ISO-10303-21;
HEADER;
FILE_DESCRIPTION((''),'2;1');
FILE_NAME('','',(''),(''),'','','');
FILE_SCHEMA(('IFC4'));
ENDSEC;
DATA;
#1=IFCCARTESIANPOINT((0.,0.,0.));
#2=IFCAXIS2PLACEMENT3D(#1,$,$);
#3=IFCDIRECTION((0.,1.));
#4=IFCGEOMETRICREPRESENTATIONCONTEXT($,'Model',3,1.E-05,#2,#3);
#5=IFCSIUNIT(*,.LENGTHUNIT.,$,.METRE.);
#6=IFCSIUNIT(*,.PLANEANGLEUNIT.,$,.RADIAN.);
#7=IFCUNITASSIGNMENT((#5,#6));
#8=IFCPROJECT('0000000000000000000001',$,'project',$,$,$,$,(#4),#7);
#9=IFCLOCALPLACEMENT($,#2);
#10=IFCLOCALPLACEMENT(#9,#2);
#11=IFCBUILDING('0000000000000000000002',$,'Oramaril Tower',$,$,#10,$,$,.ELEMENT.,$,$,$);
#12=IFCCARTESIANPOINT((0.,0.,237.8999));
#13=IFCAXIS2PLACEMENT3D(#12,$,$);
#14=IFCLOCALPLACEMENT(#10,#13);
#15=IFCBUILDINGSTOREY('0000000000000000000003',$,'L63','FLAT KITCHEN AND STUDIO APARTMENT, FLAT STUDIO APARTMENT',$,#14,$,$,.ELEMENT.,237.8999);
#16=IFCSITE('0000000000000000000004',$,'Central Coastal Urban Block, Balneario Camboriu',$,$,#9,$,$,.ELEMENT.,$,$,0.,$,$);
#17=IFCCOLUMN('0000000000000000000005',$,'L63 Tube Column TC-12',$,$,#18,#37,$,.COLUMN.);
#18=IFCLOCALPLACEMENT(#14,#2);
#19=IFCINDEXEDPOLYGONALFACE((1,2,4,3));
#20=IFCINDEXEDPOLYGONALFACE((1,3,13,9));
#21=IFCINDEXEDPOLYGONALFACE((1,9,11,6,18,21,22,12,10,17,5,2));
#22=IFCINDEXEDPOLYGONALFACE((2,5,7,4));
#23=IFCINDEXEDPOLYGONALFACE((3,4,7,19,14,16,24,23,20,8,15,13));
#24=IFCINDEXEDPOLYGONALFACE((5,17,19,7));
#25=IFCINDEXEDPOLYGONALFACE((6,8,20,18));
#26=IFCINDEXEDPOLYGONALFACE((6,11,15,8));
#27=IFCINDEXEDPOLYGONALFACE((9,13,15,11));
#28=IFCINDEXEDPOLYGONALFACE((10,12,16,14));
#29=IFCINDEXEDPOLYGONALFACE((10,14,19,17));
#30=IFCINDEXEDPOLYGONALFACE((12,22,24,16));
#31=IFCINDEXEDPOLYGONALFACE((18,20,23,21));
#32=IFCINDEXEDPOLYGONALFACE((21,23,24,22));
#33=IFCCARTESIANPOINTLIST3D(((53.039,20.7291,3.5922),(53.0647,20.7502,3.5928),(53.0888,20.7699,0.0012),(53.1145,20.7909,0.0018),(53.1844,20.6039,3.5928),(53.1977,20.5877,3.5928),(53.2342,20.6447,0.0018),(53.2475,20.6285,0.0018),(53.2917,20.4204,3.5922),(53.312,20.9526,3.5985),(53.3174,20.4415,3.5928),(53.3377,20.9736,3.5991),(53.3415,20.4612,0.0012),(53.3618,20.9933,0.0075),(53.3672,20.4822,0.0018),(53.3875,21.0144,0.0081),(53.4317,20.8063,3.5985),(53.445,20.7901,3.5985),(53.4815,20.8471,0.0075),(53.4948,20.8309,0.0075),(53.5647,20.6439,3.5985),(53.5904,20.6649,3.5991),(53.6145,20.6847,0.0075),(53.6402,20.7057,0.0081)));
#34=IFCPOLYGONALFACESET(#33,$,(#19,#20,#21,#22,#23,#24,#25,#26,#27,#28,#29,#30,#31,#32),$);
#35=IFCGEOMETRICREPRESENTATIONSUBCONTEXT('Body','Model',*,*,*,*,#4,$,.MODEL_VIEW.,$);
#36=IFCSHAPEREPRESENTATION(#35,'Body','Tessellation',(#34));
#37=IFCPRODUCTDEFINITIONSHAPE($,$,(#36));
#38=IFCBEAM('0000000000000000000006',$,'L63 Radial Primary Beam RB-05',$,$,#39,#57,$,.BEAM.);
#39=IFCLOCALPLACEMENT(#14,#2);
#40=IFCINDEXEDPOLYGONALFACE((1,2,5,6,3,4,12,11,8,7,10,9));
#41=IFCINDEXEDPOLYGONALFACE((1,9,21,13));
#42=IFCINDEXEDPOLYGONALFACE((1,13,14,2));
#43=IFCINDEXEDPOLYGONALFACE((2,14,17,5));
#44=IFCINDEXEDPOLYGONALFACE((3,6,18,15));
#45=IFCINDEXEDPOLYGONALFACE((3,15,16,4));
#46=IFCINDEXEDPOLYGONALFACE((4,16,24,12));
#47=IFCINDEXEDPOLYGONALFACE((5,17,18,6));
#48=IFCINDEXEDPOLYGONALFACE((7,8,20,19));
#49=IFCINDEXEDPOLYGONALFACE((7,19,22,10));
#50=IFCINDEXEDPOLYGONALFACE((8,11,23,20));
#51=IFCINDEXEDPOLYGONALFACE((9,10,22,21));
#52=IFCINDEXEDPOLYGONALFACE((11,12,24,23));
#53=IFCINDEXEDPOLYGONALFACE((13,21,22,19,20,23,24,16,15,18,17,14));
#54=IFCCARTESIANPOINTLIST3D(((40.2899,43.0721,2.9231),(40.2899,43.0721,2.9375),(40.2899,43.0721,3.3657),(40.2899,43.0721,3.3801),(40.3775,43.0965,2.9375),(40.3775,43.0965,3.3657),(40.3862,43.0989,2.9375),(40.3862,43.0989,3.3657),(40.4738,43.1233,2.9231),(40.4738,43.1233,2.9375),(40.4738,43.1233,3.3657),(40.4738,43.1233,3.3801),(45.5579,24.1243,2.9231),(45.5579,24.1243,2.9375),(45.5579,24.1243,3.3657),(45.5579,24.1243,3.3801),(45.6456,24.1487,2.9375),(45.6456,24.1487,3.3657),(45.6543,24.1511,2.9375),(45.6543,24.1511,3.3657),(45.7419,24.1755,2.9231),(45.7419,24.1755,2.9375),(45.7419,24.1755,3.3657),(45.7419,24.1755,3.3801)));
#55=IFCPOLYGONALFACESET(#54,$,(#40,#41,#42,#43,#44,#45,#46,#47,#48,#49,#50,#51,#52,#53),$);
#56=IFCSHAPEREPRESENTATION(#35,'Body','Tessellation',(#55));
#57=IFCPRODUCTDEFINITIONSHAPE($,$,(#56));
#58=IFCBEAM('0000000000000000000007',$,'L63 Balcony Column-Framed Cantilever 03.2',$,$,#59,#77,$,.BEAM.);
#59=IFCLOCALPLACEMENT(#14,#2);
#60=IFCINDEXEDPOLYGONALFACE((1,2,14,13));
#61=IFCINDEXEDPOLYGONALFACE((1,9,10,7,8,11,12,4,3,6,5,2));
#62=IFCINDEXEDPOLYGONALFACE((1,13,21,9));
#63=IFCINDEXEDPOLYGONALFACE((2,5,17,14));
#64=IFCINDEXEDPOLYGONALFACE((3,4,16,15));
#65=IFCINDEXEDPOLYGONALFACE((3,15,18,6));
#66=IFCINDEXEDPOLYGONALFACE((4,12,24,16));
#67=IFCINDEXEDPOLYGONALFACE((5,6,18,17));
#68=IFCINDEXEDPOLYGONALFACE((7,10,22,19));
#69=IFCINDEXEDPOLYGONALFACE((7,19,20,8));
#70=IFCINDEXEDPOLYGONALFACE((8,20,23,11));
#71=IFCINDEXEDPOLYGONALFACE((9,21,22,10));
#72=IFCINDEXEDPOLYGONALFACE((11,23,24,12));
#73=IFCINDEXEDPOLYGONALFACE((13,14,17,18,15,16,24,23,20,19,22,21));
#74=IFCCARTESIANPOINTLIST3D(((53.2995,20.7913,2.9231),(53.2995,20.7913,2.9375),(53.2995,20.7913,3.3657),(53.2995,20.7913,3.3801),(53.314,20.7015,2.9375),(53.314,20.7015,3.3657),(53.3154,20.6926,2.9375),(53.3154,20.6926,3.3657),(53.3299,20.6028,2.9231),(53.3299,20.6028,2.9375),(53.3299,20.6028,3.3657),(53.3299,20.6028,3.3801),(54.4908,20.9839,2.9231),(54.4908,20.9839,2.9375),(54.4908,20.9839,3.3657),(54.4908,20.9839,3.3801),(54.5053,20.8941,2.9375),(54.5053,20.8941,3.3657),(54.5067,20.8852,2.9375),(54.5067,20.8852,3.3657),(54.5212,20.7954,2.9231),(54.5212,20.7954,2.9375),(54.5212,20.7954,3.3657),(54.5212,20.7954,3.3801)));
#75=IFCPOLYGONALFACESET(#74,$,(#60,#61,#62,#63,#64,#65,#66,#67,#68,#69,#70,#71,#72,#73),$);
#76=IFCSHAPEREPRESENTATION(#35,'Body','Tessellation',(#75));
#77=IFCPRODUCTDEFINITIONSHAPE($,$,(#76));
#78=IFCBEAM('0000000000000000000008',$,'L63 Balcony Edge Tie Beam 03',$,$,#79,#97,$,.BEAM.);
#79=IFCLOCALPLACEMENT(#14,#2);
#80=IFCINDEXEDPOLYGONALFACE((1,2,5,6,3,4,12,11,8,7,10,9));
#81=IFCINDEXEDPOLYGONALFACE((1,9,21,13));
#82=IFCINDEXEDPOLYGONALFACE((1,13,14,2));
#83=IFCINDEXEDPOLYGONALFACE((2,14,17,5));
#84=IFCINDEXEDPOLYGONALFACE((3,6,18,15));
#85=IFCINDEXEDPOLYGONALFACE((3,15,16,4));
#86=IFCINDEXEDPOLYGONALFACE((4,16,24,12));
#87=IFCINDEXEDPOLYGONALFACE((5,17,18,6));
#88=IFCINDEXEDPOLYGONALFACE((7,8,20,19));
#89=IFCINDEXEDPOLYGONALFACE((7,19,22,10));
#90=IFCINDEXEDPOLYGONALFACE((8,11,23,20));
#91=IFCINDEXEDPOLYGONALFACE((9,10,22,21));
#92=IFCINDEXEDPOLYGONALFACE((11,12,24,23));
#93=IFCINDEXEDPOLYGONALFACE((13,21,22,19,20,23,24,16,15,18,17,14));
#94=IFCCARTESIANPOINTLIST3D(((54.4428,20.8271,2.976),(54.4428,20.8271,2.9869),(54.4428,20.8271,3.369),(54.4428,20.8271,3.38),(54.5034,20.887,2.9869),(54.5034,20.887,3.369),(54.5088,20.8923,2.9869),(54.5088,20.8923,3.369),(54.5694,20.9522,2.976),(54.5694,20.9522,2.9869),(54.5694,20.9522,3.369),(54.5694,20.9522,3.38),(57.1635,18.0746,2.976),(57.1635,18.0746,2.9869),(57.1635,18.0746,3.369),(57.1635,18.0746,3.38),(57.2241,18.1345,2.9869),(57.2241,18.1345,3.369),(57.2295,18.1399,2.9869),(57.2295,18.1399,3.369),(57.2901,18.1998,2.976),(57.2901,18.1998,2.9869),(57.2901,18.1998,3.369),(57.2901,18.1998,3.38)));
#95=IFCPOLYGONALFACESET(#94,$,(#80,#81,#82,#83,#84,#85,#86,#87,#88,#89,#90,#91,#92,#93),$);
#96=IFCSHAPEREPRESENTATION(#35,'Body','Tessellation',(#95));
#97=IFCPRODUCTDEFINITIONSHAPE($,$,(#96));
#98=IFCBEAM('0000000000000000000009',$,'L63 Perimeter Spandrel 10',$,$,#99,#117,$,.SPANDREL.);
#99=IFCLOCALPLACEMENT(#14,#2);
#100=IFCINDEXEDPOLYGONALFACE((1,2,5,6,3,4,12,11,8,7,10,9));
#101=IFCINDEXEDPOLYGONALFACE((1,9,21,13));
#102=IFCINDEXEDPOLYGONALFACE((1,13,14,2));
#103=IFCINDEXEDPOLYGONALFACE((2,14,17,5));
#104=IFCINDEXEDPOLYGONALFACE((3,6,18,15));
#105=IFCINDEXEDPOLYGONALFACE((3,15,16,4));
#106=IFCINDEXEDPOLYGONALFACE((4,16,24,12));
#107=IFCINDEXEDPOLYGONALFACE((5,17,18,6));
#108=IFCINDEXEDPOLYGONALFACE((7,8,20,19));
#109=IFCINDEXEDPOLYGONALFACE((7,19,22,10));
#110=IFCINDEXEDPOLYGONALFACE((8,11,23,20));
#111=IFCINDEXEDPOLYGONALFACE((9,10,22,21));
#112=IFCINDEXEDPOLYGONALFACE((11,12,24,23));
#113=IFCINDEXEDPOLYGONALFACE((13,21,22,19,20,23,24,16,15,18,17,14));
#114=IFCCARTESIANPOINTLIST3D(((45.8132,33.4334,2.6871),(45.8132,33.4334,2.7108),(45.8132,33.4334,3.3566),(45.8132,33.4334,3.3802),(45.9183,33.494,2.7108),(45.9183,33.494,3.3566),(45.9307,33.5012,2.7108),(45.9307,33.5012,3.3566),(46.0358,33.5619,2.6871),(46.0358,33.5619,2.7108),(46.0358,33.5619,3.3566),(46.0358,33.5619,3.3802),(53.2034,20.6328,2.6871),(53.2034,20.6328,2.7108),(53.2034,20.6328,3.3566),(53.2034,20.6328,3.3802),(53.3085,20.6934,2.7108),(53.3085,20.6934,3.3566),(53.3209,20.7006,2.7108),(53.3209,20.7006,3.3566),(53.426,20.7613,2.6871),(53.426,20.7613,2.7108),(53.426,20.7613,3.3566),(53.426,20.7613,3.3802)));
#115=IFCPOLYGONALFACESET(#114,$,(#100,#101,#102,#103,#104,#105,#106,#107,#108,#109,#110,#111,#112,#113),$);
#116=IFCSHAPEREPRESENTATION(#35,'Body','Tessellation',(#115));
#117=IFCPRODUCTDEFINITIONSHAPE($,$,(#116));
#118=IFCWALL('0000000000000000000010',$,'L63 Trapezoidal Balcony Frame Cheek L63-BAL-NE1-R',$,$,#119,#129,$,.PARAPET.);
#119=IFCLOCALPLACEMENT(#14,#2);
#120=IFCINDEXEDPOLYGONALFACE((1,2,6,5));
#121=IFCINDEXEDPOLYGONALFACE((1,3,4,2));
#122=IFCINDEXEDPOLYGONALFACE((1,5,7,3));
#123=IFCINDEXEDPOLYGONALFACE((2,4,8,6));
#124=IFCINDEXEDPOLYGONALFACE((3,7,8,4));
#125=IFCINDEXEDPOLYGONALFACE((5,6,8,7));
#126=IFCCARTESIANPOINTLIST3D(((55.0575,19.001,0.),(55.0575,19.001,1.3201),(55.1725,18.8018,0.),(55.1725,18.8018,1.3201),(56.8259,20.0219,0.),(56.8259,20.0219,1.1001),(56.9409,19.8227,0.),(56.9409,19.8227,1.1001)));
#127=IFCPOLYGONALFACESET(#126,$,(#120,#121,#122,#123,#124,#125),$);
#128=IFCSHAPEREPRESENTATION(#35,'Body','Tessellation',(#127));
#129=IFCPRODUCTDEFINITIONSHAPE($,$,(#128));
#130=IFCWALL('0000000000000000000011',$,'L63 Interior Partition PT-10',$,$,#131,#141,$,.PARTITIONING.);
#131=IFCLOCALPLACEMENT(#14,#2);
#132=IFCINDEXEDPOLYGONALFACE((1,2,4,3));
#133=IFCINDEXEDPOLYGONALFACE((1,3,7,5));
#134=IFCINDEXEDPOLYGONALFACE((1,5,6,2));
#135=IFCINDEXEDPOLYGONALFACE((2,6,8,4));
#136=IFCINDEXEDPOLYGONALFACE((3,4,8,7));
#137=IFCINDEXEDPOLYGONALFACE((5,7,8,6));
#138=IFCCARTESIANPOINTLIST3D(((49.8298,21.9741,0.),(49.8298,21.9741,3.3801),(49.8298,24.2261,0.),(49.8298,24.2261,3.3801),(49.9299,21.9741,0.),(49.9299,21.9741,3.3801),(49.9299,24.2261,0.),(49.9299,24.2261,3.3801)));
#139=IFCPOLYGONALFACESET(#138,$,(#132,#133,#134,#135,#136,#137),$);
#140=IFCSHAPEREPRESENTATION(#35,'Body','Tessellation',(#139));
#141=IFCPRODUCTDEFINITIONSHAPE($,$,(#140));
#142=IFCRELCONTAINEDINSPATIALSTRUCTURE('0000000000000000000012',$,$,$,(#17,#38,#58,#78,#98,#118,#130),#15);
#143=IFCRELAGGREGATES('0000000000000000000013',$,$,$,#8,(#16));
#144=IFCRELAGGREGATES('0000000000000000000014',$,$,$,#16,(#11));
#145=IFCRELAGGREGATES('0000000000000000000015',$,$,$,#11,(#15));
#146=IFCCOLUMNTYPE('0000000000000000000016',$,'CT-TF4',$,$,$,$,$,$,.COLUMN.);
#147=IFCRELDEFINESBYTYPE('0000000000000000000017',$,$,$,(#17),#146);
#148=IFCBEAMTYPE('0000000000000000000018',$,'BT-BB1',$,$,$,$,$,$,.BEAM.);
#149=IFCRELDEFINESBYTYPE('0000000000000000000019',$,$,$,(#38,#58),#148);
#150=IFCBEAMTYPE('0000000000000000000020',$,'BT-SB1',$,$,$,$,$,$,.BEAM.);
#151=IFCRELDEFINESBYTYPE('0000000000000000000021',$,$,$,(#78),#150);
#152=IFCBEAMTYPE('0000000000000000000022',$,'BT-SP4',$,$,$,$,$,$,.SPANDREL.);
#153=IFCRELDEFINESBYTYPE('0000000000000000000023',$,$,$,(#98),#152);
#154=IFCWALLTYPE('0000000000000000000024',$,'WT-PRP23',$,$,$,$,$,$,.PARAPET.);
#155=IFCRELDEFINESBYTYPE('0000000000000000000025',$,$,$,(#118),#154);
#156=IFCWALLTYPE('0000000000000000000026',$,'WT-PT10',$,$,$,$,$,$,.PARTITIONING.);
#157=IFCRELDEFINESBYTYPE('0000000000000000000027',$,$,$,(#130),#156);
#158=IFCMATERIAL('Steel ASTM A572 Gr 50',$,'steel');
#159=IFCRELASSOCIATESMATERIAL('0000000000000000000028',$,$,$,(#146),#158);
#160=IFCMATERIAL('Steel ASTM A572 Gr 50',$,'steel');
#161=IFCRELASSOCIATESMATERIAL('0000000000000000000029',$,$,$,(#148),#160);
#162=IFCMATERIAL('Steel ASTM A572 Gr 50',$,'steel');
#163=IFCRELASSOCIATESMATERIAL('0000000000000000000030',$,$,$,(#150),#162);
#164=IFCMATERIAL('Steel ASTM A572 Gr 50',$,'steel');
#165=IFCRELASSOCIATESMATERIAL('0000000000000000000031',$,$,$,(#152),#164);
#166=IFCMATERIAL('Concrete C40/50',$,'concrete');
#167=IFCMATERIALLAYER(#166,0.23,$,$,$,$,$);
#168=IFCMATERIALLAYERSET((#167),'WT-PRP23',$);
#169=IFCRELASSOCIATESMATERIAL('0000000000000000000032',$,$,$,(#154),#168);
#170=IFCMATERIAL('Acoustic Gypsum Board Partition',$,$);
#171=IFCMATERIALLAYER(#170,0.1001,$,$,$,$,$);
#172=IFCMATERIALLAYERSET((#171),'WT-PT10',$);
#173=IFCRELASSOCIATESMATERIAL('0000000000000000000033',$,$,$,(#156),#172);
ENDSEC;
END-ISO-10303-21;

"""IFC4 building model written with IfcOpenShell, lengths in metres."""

from ifc_helpers import new_model, si_unit, direction, frame, frame_2d, origin, origin_2d, place, context, subcontext, project, spatial, polyline, rectangle, i_section, outline, extrude, material, layer, layer_set, material_profile, profile_set, type_object, element, save


model = new_model("IFC4")

# Units and contexts
model_context = context("Model", 3, precision=1e-05, world=origin(), true_north=direction((0.0, 1.0)))
body_context = subcontext(model_context, "Body", "Model", "MODEL_VIEW")
ifc_project = project(units=[si_unit("LENGTHUNIT", "METRE"), si_unit("PLANEANGLEUNIT", "RADIAN")], contexts=[model_context])

# Site, building, storey
site_placement = place(None, origin())
site = spatial("IfcSite", under=ifc_project, at=site_placement, Name="Central Coastal Urban Block, Balneario Camboriu", CompositionType="ELEMENT", RefElevation=0.0)
building_placement = place(site_placement, origin())
building = spatial("IfcBuilding", under=site, at=building_placement, Name="Oramaril Tower", CompositionType="ELEMENT")
storey_placement = place(building_placement, frame((0.0, 0.0, 237.8999)))
storey = spatial("IfcBuildingStorey", under=building, at=storey_placement, Name="L63", Description="FLAT KITCHEN AND STUDIO APARTMENT, FLAT STUDIO APARTMENT", CompositionType="ELEMENT", Elevation=237.8999)

# Column
ifc_material_1 = material(Name="Steel ASTM A572 Gr 50", Category="steel")
ifc_material_profile_1 = material_profile(ifc_material_1, i_section(OverallWidth=0.3989, OverallDepth=0.386, WebThickness=0.021, FlangeThickness=0.0332, at=origin_2d()), Name="W14X176")
ifc_profile_set_1 = profile_set([ifc_material_profile_1], Name="Steel ASTM A572 Gr 50")
column_type = type_object("IfcColumnType", Name="CT-TF4", PredefinedType="COLUMN", material=ifc_profile_set_1)
column_placement = place(storey_placement, frame((53.3645, 20.7378, 0.0046), z_axis=(-0.013867, -0.011352, 0.999839), x_axis=(0.633444, -0.773788, 0.0)))
element("IfcColumn", 1, at=column_placement, inside=storey, type_object=column_type, Name="L63 Tube Column TC-12", PredefinedType="COLUMN", context=body_context, shape_type="SweptSolid", body=[
    extrude(i_section(OverallWidth=0.3989, OverallDepth=0.386, WebThickness=0.021, FlangeThickness=0.0332, at=origin_2d()), origin(), (0.0, 0.0, 1.0), 3.5916),
])

# Beams
ifc_material_2 = material(Name="Steel ASTM A572 Gr 50", Category="steel")
ifc_material_profile_2 = material_profile(ifc_material_2, i_section(OverallWidth=0.1909, OverallDepth=0.457, WebThickness=0.009, FlangeThickness=0.0144, at=origin_2d()), Name="W18X50")
ifc_profile_set_2 = profile_set([ifc_material_profile_2], Name="Steel ASTM A572 Gr 50")
beam_type_1 = type_object("IfcBeamType", Name="BT-BB1", PredefinedType="BEAM", material=ifc_profile_set_2)
beam_1_placement = place(storey_placement, frame((45.6499, 24.1499, 3.1516), z_axis=(-0.267871, 0.963455, 0.0), x_axis=(-0.963455, -0.267871, 0.0)))
element("IfcBeam", 2, at=beam_1_placement, inside=storey, type_object=beam_type_1, Name="L63 Radial Primary Beam RB-05", PredefinedType="BEAM", context=body_context, shape_type="SweptSolid", body=[
    extrude(i_section(OverallWidth=0.1909, OverallDepth=0.457, WebThickness=0.009, FlangeThickness=0.0144, at=origin_2d()), origin(), (0.0, 0.0, 1.0), 19.6665),
])
beam_2_placement = place(storey_placement, frame((53.3147, 20.697, 3.1516), z_axis=(0.987181, 0.159608, 0.0), x_axis=(-0.159608, 0.987181, 0.0)))
element("IfcBeam", 3, at=beam_2_placement, inside=storey, type_object=beam_type_1, Name="L63 Balcony Column-Framed Cantilever 03.2", PredefinedType="BEAM", context=body_context, shape_type="SweptSolid", body=[
    extrude(i_section(OverallWidth=0.1909, OverallDepth=0.457, WebThickness=0.009, FlangeThickness=0.0144, at=origin_2d()), origin(), (0.0, 0.0, 1.0), 1.2068),
])
ifc_material_3 = material(Name="Steel ASTM A572 Gr 50", Category="steel")
ifc_material_profile_3 = material_profile(ifc_material_3, i_section(OverallWidth=0.178, OverallDepth=0.4041, WebThickness=0.0076, FlangeThickness=0.011, at=origin_2d()), Name="W16X36")
ifc_profile_set_3 = profile_set([ifc_material_profile_3], Name="Steel ASTM A572 Gr 50")
beam_type_2 = type_object("IfcBeamType", Name="BT-SB1", PredefinedType="BEAM", material=ifc_profile_set_3)
beam_3_placement = place(storey_placement, frame((57.2268, 18.1372, 3.178), z_axis=(-0.702995, 0.711195, 0.0), x_axis=(-0.711195, -0.702995, 0.0)))
element("IfcBeam", 4, at=beam_3_placement, inside=storey, type_object=beam_type_2, Name="L63 Balcony Edge Tie Beam 03", PredefinedType="BEAM", context=body_context, shape_type="SweptSolid", body=[
    extrude(i_section(OverallWidth=0.178, OverallDepth=0.4041, WebThickness=0.0076, FlangeThickness=0.011, at=origin_2d()), origin(), (0.0, 0.0, 1.0), 3.8701),
])
ifc_material_4 = material(Name="Steel ASTM A572 Gr 50", Category="steel")
ifc_material_profile_4 = material_profile(ifc_material_4, i_section(OverallWidth=0.2571, OverallDepth=0.6931, WebThickness=0.0144, FlangeThickness=0.0237, at=origin_2d()), Name="W27X114")
ifc_profile_set_4 = profile_set([ifc_material_profile_4], Name="Steel ASTM A572 Gr 50")
beam_type_3 = type_object("IfcBeamType", Name="BT-SP4", PredefinedType="SPANDREL", material=ifc_profile_set_4)
beam_4_placement = place(storey_placement, frame((53.3147, 20.697, 3.0337), z_axis=(-0.499987, 0.866033, 0.0), x_axis=(-0.866033, -0.499987, 0.0)))
element("IfcBeam", 5, at=beam_4_placement, inside=storey, type_object=beam_type_3, Name="L63 Perimeter Spandrel 10", PredefinedType="SPANDREL", context=body_context, shape_type="SweptSolid", body=[
    extrude(i_section(OverallWidth=0.2571, OverallDepth=0.6931, WebThickness=0.0144, FlangeThickness=0.0237, at=origin_2d()), origin(), (0.0, 0.0, 1.0), 14.7808),
])

# Walls
ifc_material_5 = material(Name="Concrete C40/50", Category="concrete")
ifc_layer_1 = layer(ifc_material_5, 0.23)
ifc_layer_set_1 = layer_set([ifc_layer_1], Name="WT-PRP23")
wall_type_1 = type_object("IfcWallType", Name="WT-PRP23", PredefinedType="PARAPET", material=ifc_layer_set_1)
wall_1_placement = place(storey_placement, frame((55.115, 18.9014, 0.0), z_axis=(0.0, 0.0, 1.0), x_axis=(0.866042, 0.499971, 0.0)))
element("IfcWall", 6, at=wall_1_placement, inside=storey, type_object=wall_type_1, Name="L63 Trapezoidal Balcony Frame Cheek L63-BAL-NE1-R", PredefinedType="PARAPET", context=body_context, shape_type="SweptSolid", body=[
    extrude(outline(polyline([(0.0, 0.0), (2.042, 0.0), (2.042, 1.1001), (0.0, 1.3201), (0.0, 0.0)])), frame((0.0, 0.115, 0.0), z_axis=(0.0, -1.0, 0.0), x_axis=(1.0, 0.0, 0.0)), (0.0, 0.0, 1.0), 0.23),
])
ifc_material_6 = material(Name="Acoustic Gypsum Board Partition")
ifc_layer_2 = layer(ifc_material_6, 0.1001)
ifc_layer_set_2 = layer_set([ifc_layer_2], Name="WT-PT10")
wall_type_2 = type_object("IfcWallType", Name="WT-PT10", PredefinedType="PARTITIONING", material=ifc_layer_set_2)
wall_2_placement = place(storey_placement, frame((49.8799, 21.9741, 0.0), z_axis=(0.0, 0.0, 1.0), x_axis=(0.0, 1.0, 0.0)))
element("IfcWall", 7, at=wall_2_placement, inside=storey, type_object=wall_type_2, Name="L63 Interior Partition PT-10", PredefinedType="PARTITIONING", context=body_context, shape_type="SweptSolid", body=[
    extrude(rectangle(XDim=2.252, YDim=0.1001, at=frame_2d((1.126, 0.0))), origin(), (0.0, 0.0, 1.0), 3.3801),
])

save(model, "model.ifc")
